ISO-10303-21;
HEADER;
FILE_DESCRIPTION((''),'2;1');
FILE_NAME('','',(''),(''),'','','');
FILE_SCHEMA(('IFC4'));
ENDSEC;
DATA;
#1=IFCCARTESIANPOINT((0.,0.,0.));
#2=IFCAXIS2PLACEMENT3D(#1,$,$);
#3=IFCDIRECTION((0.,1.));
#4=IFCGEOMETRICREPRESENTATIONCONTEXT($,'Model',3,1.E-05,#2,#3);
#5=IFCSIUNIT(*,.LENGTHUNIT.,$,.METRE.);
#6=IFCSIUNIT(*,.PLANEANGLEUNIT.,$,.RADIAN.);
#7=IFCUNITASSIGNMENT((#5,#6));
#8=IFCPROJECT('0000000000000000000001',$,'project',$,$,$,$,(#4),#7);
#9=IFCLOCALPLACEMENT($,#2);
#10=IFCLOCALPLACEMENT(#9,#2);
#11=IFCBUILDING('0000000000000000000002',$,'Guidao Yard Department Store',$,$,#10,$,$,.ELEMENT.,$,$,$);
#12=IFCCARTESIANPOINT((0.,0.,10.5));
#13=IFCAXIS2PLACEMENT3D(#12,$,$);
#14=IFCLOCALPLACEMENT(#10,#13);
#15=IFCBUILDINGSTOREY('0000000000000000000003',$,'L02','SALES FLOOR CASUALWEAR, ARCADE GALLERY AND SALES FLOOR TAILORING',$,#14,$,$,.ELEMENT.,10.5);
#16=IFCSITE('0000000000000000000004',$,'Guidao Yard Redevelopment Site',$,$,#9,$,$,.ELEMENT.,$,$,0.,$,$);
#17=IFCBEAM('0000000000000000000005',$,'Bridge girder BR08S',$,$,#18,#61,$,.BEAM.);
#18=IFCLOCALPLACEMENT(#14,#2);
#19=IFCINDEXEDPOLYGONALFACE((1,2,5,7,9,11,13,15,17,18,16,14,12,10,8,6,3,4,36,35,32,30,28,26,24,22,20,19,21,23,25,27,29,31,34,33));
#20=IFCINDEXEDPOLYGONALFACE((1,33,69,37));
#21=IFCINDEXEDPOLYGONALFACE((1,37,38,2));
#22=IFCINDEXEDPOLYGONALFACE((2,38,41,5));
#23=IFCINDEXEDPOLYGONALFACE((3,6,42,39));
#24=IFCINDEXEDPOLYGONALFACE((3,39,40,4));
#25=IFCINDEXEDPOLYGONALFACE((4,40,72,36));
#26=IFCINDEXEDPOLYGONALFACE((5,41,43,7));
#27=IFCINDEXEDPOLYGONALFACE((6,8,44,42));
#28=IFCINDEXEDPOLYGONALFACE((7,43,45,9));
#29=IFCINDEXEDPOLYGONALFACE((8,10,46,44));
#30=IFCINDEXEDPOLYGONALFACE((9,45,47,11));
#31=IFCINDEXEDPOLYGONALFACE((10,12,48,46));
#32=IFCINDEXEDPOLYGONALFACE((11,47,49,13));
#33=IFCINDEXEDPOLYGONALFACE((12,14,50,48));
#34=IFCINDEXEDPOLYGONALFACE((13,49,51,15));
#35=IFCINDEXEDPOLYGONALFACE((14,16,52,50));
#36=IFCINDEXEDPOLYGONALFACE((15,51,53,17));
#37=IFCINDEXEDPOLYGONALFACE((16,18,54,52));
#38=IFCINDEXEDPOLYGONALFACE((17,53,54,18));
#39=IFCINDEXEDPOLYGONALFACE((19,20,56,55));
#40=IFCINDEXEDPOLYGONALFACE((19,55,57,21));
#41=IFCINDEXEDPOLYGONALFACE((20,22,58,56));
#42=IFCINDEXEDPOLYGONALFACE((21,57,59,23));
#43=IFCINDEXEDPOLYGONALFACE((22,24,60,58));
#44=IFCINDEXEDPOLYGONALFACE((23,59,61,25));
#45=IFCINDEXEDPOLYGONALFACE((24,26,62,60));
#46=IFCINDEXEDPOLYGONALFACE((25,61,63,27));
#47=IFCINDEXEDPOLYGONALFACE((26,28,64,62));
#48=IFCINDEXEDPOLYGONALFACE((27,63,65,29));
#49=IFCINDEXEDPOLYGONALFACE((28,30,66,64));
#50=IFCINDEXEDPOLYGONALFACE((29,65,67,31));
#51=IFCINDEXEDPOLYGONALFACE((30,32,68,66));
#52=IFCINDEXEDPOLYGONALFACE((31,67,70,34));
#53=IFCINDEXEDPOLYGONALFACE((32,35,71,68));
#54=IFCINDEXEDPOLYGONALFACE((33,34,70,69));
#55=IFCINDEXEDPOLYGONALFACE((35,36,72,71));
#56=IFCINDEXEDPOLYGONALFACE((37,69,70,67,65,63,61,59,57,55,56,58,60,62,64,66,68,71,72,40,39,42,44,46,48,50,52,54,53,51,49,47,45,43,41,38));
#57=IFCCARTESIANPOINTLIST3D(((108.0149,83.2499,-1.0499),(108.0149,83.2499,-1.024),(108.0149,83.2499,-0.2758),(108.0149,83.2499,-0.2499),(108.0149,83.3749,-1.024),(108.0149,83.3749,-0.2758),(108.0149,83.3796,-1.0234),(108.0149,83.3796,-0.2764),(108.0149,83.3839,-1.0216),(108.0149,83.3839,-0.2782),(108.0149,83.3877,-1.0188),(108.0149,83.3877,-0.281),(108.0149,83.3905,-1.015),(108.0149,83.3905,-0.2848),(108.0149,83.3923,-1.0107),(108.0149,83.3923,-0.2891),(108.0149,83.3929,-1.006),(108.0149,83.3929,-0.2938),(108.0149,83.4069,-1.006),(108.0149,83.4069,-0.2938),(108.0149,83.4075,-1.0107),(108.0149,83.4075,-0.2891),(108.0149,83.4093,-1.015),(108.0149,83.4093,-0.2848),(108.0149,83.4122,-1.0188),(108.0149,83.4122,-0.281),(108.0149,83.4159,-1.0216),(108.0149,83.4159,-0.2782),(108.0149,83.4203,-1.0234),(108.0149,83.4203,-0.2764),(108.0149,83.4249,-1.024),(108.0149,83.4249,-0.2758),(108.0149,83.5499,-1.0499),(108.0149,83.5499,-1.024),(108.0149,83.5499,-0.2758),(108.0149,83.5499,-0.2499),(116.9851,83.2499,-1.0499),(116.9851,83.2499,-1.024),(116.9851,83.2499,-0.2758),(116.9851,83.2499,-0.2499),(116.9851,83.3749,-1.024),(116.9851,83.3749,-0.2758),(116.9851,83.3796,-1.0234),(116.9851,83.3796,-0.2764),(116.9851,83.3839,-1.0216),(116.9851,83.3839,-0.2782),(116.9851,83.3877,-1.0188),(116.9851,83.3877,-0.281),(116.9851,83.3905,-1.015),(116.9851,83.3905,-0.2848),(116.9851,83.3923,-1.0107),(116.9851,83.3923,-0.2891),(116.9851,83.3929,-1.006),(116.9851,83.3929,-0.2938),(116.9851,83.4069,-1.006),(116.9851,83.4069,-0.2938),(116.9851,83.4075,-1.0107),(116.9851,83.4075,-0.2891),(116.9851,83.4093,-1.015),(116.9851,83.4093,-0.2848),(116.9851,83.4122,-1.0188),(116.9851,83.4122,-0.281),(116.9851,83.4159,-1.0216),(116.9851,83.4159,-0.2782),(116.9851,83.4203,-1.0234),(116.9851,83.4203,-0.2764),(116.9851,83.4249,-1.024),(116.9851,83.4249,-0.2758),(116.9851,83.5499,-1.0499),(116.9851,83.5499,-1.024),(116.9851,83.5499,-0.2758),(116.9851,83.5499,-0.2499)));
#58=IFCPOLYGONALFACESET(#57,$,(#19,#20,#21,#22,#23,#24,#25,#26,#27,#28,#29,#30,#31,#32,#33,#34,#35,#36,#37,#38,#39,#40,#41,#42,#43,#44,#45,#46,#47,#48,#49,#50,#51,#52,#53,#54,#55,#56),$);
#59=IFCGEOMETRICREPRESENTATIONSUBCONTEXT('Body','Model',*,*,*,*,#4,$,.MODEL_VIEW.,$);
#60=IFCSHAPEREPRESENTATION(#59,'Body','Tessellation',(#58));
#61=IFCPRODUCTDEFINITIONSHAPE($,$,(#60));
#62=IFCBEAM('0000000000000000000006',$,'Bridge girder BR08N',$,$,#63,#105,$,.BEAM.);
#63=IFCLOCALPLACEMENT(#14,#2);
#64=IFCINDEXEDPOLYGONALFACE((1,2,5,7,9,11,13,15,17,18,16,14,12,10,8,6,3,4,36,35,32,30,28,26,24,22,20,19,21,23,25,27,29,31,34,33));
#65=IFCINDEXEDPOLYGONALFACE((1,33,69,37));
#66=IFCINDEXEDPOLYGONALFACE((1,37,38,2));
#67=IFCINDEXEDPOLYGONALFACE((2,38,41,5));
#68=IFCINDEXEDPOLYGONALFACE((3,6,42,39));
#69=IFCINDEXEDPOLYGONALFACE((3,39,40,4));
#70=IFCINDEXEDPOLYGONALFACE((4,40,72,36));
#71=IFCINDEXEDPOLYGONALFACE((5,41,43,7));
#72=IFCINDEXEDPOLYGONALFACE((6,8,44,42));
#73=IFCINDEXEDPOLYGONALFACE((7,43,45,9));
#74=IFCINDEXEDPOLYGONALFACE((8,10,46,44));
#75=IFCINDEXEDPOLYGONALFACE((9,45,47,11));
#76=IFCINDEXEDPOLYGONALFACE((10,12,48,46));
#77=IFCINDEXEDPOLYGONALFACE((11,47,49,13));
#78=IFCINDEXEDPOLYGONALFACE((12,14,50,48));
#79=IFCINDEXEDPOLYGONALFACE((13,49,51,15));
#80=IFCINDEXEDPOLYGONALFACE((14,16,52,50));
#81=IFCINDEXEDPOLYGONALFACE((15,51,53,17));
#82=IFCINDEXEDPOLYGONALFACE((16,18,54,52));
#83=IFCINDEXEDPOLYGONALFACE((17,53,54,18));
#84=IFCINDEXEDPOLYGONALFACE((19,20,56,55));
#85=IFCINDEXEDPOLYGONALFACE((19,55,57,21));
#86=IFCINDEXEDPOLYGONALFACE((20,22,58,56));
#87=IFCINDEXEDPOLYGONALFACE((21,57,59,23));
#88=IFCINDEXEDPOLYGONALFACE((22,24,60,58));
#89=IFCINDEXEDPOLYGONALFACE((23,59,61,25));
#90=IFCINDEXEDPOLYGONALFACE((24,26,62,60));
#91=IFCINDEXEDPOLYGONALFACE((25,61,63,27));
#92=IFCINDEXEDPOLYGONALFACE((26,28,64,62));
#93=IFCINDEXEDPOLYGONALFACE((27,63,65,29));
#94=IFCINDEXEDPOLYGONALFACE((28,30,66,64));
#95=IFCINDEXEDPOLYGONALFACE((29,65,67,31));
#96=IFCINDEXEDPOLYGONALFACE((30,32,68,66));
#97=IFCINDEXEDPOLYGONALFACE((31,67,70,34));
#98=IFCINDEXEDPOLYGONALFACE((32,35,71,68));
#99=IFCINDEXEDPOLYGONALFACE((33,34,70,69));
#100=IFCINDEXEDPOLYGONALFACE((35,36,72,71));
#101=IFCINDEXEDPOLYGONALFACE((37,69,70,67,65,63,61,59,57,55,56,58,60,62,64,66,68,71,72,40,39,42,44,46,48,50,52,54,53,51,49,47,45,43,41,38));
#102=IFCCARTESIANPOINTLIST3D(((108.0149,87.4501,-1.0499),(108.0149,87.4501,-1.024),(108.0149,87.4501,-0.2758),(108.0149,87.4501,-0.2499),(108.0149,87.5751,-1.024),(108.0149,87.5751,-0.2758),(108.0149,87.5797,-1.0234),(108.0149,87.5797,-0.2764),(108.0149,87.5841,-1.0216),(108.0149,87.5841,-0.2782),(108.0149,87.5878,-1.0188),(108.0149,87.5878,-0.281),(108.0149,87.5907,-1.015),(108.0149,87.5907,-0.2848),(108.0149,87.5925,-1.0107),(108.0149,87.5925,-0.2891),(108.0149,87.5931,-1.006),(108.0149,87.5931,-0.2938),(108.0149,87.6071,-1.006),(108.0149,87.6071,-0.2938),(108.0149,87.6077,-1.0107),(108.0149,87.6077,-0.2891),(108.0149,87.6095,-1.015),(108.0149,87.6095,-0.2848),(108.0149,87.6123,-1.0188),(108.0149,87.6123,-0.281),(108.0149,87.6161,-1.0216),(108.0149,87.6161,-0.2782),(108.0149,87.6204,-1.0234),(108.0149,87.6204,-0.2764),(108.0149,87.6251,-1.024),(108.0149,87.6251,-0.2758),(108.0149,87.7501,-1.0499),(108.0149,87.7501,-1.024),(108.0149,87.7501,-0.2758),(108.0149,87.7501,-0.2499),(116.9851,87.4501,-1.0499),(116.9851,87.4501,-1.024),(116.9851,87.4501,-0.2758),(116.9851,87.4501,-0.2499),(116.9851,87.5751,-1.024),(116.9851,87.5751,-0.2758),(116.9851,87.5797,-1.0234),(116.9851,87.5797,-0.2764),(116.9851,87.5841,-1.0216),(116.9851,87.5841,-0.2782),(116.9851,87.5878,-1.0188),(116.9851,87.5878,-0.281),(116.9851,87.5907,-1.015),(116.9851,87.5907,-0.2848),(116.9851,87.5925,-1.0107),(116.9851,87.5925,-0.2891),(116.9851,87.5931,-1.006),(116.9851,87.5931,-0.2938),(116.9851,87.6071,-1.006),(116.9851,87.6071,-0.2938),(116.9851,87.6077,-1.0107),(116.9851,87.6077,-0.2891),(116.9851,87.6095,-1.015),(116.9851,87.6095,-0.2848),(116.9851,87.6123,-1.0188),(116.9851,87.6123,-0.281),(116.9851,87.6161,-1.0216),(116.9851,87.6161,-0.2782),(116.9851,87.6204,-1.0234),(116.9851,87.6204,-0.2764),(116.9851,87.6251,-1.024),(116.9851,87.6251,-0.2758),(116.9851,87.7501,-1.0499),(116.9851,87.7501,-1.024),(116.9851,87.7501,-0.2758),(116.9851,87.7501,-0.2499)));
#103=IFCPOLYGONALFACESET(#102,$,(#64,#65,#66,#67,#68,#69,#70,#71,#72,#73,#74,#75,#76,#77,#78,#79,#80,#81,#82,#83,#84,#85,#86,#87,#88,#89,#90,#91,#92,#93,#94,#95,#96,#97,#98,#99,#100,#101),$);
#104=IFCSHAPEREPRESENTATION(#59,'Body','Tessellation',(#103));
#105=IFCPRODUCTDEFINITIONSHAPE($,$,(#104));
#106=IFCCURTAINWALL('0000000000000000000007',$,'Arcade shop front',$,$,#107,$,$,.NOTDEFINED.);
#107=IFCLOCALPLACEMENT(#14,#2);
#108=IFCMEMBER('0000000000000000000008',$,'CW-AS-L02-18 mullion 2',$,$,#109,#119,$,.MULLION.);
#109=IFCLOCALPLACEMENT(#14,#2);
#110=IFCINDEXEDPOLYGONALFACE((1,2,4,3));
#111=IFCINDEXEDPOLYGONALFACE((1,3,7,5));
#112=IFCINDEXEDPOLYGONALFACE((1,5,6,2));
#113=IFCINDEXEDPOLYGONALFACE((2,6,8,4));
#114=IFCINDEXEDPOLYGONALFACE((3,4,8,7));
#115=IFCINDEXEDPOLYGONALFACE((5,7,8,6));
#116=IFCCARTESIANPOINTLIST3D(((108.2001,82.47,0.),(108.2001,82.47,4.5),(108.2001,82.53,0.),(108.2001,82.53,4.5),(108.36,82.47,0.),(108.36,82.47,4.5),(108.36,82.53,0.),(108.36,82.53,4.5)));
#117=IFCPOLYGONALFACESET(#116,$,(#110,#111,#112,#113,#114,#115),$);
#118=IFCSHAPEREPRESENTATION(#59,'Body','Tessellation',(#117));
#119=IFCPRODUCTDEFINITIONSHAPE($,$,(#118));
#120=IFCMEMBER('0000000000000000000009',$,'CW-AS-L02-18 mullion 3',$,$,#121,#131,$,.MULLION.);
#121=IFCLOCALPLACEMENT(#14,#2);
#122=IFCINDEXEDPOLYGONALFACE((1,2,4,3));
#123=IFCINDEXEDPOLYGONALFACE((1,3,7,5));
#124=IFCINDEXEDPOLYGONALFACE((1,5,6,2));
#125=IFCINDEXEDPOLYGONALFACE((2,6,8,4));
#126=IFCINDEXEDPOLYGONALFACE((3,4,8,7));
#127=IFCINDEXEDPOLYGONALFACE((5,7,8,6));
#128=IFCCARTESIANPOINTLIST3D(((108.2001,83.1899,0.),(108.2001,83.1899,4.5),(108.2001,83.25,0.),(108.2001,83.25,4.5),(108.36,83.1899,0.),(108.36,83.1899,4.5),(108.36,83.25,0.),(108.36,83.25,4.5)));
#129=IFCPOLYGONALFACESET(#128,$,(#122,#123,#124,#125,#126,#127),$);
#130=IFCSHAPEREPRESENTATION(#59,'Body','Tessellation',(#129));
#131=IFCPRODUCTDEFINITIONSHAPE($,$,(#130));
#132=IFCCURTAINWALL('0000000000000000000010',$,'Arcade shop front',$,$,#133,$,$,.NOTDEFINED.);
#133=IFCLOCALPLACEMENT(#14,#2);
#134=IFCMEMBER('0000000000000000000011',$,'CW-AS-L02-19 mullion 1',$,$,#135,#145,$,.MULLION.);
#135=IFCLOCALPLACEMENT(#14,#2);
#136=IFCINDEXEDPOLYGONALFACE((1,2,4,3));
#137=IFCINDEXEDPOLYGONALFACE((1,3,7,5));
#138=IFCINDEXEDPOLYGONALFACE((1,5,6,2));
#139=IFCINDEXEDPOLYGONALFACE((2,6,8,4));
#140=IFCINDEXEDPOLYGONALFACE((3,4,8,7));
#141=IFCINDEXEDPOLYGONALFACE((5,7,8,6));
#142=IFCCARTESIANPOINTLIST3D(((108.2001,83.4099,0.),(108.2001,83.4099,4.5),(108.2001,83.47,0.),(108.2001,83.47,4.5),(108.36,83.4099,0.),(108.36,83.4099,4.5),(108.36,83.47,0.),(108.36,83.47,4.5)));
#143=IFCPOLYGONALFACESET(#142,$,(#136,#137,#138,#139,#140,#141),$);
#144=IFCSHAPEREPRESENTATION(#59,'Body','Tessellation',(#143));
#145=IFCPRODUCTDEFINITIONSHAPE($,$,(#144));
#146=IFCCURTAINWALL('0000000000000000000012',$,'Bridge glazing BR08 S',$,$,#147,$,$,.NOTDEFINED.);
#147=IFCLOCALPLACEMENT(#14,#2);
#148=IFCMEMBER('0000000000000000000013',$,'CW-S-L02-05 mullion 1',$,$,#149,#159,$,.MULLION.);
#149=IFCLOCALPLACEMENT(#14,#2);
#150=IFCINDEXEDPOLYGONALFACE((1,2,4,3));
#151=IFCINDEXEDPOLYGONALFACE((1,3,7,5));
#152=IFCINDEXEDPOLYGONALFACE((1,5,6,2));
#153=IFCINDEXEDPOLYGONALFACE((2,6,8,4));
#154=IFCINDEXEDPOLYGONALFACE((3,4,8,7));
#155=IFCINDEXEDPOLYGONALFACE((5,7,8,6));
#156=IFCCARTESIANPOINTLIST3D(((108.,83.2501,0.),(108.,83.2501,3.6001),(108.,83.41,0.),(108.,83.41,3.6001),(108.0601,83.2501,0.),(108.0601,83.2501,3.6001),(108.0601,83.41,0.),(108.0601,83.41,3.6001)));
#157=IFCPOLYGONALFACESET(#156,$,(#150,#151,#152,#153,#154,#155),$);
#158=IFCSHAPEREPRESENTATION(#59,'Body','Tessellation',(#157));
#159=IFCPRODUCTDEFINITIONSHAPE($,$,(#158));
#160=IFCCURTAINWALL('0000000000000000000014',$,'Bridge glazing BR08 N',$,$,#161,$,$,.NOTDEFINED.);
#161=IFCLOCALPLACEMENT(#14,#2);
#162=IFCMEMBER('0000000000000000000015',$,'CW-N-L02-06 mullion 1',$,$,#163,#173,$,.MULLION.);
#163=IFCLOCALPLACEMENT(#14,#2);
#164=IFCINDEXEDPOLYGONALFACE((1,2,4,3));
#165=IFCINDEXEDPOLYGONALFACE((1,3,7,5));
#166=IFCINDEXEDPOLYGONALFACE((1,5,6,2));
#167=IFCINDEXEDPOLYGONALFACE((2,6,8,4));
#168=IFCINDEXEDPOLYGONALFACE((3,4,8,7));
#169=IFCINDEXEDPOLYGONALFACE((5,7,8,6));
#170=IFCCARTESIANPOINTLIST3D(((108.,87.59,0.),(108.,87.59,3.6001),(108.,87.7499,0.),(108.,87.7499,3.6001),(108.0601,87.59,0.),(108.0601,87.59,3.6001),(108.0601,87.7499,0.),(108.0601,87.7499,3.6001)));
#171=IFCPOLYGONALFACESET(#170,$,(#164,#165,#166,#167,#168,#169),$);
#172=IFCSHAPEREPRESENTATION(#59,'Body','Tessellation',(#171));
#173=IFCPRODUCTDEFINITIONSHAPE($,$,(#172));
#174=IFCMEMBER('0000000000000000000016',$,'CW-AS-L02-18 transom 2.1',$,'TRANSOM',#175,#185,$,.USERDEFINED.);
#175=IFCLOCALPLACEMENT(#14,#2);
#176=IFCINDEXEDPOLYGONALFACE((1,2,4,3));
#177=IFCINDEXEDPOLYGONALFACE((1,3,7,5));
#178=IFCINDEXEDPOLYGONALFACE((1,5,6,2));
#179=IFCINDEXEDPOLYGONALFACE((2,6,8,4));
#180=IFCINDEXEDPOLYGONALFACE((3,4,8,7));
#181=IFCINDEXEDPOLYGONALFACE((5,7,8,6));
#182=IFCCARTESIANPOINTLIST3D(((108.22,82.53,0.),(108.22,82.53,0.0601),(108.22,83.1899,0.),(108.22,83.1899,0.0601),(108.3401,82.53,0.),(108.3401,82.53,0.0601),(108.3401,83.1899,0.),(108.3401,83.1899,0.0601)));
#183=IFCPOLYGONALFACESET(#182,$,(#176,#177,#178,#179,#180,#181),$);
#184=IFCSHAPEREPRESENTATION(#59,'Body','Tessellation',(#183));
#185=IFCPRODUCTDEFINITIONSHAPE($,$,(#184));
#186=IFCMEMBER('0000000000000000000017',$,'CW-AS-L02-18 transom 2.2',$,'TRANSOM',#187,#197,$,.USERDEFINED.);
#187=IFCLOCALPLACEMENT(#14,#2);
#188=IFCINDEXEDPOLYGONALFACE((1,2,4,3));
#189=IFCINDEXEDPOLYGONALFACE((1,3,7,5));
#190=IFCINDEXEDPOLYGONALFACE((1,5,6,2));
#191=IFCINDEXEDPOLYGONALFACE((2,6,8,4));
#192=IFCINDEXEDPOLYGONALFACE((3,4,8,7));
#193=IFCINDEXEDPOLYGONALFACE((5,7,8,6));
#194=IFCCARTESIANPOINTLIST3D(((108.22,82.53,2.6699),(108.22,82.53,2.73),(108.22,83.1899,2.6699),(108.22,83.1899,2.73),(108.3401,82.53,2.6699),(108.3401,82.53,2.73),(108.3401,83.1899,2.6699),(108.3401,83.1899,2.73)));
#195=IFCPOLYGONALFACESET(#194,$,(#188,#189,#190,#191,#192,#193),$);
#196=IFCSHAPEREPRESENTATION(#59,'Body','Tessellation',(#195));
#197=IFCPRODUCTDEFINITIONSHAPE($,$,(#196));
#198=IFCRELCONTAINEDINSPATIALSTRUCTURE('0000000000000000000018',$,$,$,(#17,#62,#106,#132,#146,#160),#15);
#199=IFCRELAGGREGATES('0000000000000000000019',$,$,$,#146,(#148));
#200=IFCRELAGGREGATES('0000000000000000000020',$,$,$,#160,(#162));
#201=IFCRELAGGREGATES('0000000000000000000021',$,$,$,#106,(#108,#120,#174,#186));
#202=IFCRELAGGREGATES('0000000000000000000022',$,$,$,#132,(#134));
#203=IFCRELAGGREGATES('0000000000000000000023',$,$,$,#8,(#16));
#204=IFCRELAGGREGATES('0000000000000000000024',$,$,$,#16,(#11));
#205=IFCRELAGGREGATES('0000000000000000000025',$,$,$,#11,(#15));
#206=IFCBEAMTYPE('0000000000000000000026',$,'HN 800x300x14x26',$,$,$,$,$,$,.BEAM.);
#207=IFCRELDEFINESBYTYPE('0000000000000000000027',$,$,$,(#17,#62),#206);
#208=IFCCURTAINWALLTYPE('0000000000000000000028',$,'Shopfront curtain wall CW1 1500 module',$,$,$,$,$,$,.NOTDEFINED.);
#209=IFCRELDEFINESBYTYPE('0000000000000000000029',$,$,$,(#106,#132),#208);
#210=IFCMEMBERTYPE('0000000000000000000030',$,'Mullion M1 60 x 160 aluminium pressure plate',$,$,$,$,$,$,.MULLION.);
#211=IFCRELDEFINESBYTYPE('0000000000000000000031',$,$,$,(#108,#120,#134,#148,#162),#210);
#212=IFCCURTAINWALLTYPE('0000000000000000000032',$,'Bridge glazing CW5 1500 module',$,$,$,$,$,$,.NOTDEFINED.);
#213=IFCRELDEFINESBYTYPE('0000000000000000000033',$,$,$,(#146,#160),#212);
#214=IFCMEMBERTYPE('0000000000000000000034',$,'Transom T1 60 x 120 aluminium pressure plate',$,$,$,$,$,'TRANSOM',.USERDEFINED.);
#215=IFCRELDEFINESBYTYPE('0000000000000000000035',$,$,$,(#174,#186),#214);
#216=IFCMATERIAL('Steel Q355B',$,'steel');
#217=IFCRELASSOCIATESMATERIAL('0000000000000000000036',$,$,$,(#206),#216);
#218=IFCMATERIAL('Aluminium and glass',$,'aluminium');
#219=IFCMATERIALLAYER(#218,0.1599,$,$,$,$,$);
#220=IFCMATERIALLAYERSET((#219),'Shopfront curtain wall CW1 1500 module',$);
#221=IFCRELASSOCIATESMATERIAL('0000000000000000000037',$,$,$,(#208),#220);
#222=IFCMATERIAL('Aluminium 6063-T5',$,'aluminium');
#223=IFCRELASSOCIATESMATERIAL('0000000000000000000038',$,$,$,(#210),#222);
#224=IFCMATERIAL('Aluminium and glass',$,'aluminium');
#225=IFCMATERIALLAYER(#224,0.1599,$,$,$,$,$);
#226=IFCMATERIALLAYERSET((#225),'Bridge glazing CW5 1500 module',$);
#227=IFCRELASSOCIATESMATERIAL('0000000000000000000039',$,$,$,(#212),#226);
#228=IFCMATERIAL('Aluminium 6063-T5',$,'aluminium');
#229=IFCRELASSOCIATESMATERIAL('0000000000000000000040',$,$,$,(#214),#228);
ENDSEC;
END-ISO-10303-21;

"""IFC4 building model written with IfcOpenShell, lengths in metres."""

from ifc_helpers import new_model, si_unit, direction, frame, origin, origin_2d, place, context, subcontext, project, spatial, rectangle, i_section, extrude, material, layer, layer_set, material_profile, profile_set, type_object, element, aggregate, save


model = new_model("IFC4")

# Units and contexts
model_context = context("Model", 3, precision=1e-05, world=origin(), true_north=direction((0.0, 1.0)))
body_context = subcontext(model_context, "Body", "Model", "MODEL_VIEW")
ifc_project = project(units=[si_unit("LENGTHUNIT", "METRE"), si_unit("PLANEANGLEUNIT", "RADIAN")], contexts=[model_context])

# Site, building, storey
site_placement = place(None, origin())
site = spatial("IfcSite", under=ifc_project, at=site_placement, Name="Guidao Yard Redevelopment Site", CompositionType="ELEMENT", RefElevation=0.0)
building_placement = place(site_placement, origin())
building = spatial("IfcBuilding", under=site, at=building_placement, Name="Guidao Yard Department Store", CompositionType="ELEMENT")
storey_placement = place(building_placement, frame((0.0, 0.0, 10.5)))
storey = spatial("IfcBuildingStorey", under=building, at=storey_placement, Name="L02", Description="SALES FLOOR CASUALWEAR, ARCADE GALLERY AND SALES FLOOR TAILORING", CompositionType="ELEMENT", Elevation=10.5)

# Beams
ifc_material_1 = material(Name="Steel Q355B", Category="steel")
ifc_material_profile_1 = material_profile(ifc_material_1, i_section(OverallWidth=0.3, OverallDepth=0.8, WebThickness=0.0139, FlangeThickness=0.0259, FilletRadius=0.0181, at=origin_2d()), Name="HN 800x300x14x26")
ifc_profile_set_1 = profile_set([ifc_material_profile_1], Name="Steel Q355B")
beam_type = type_object("IfcBeamType", Name="HN 800x300x14x26", PredefinedType="BEAM", material=ifc_profile_set_1)
for number, where, z_axis, x_axis, name in (
    (1, (108.0149, 83.3999, -0.6499), (1.0, 0.0, 0.0), (0.0, 1.0, 0.0), "Bridge girder BR08S"),
    (2, (108.0149, 87.6001, -0.6499), (1.0, 0.0, 0.0), (0.0, 1.0, 0.0), "Bridge girder BR08N"),
):
    element("IfcBeam", number, at=place(storey_placement, frame(where, z_axis=z_axis, x_axis=x_axis)), inside=storey, type_object=beam_type, Name=name, PredefinedType="BEAM", context=body_context, shape_type="SweptSolid", body=[
        extrude(i_section(OverallWidth=0.3, OverallDepth=0.8, WebThickness=0.0139, FlangeThickness=0.0259, FilletRadius=0.0181, at=origin_2d()), origin(), (0.0, 0.0, 1.0), 8.9702),
    ])

# Curtain wall, members
ifc_material_2 = material(Name="Aluminium and glass", Category="aluminium")
ifc_layer_1 = layer(ifc_material_2, 0.1599)
ifc_layer_set_1 = layer_set([ifc_layer_1], Name="Shopfront curtain wall CW1 1500 module")
curtain_wall_type_1 = type_object("IfcCurtainWallType", Name="Shopfront curtain wall CW1 1500 module", PredefinedType="NOTDEFINED", material=ifc_layer_set_1)
curtain_wall_1_placement = place(storey_placement, origin())
curtain_wall_1 = element("IfcCurtainWall", 3, at=curtain_wall_1_placement, inside=storey, type_object=curtain_wall_type_1, Name="Arcade shop front", PredefinedType="NOTDEFINED")
ifc_material_3 = material(Name="Aluminium 6063-T5", Category="aluminium")
ifc_material_profile_2 = material_profile(ifc_material_3, rectangle(XDim=0.0601, YDim=0.1599, at=origin_2d()), Name="Mullion M1 60 x 160 aluminium pressure plate")
ifc_profile_set_2 = profile_set([ifc_material_profile_2], Name="Aluminium 6063-T5")
member_type_1 = type_object("IfcMemberType", Name="Mullion M1 60 x 160 aluminium pressure plate", PredefinedType="MULLION", material=ifc_profile_set_2)
member_1_placement = place(storey_placement, frame((108.28, 82.5, 0.0), z_axis=(0.0, 0.0, 1.0), x_axis=(0.0, -1.0, 0.0)))
member_1 = element("IfcMember", 4, at=member_1_placement, type_object=member_type_1, Name="CW-AS-L02-18 mullion 2", PredefinedType="MULLION", context=body_context, shape_type="SweptSolid", body=[
    extrude(rectangle(XDim=0.0601, YDim=0.1599, at=origin_2d()), origin(), (0.0, 0.0, 1.0), 4.5),
])
member_2_placement = place(storey_placement, frame((108.28, 83.22, 0.0), z_axis=(0.0, 0.0, 1.0), x_axis=(0.0, -1.0, 0.0)))
member_2 = element("IfcMember", 5, at=member_2_placement, type_object=member_type_1, Name="CW-AS-L02-18 mullion 3", PredefinedType="MULLION", context=body_context, shape_type="SweptSolid", body=[
    extrude(rectangle(XDim=0.0601, YDim=0.1599, at=origin_2d()), origin(), (0.0, 0.0, 1.0), 4.5),
])

# Curtain walls, members
curtain_wall_2_placement = place(storey_placement, origin())
curtain_wall_2 = element("IfcCurtainWall", 6, at=curtain_wall_2_placement, inside=storey, type_object=curtain_wall_type_1, Name="Arcade shop front", PredefinedType="NOTDEFINED")
member_3_placement = place(storey_placement, frame((108.28, 83.4399, 0.0), z_axis=(0.0, 0.0, 1.0), x_axis=(0.0, -1.0, 0.0)))
member_3 = element("IfcMember", 7, at=member_3_placement, type_object=member_type_1, Name="CW-AS-L02-19 mullion 1", PredefinedType="MULLION", context=body_context, shape_type="SweptSolid", body=[
    extrude(rectangle(XDim=0.0601, YDim=0.1599, at=origin_2d()), origin(), (0.0, 0.0, 1.0), 4.5),
])
ifc_material_4 = material(Name="Aluminium and glass", Category="aluminium")
ifc_layer_2 = layer(ifc_material_4, 0.1599)
ifc_layer_set_2 = layer_set([ifc_layer_2], Name="Bridge glazing CW5 1500 module")
curtain_wall_type_2 = type_object("IfcCurtainWallType", Name="Bridge glazing CW5 1500 module", PredefinedType="NOTDEFINED", material=ifc_layer_set_2)
curtain_wall_3_placement = place(storey_placement, origin())
curtain_wall_3 = element("IfcCurtainWall", 8, at=curtain_wall_3_placement, inside=storey, type_object=curtain_wall_type_2, Name="Bridge glazing BR08 S", PredefinedType="NOTDEFINED")
member_4_placement = place(storey_placement, frame((108.03, 83.3301, 0.0), z_axis=(0.0, 0.0, 1.0), x_axis=(-1.0, 0.0, 0.0)))
member_4 = element("IfcMember", 9, at=member_4_placement, type_object=member_type_1, Name="CW-S-L02-05 mullion 1", PredefinedType="MULLION", context=body_context, shape_type="SweptSolid", body=[
    extrude(rectangle(XDim=0.0601, YDim=0.1599, at=origin_2d()), origin(), (0.0, 0.0, 1.0), 3.6001),
])
aggregate(curtain_wall_3, [member_4])
curtain_wall_4_placement = place(storey_placement, origin())
curtain_wall_4 = element("IfcCurtainWall", 10, at=curtain_wall_4_placement, inside=storey, type_object=curtain_wall_type_2, Name="Bridge glazing BR08 N", PredefinedType="NOTDEFINED")
member_5_placement = place(storey_placement, frame((108.03, 87.6699, 0.0), z_axis=(0.0, 0.0, 1.0), x_axis=(1.0, 0.0, 0.0)))
member_5 = element("IfcMember", 11, at=member_5_placement, type_object=member_type_1, Name="CW-N-L02-06 mullion 1", PredefinedType="MULLION", context=body_context, shape_type="SweptSolid", body=[
    extrude(rectangle(XDim=0.0601, YDim=0.1599, at=origin_2d()), origin(), (0.0, 0.0, 1.0), 3.6001),
])

# Members
ifc_material_5 = material(Name="Aluminium 6063-T5", Category="aluminium")
ifc_material_profile_3 = material_profile(ifc_material_5, rectangle(XDim=0.1201, YDim=0.0601, at=origin_2d()), Name="Transom T1 60 x 120 aluminium pressure plate")
ifc_profile_set_3 = profile_set([ifc_material_profile_3], Name="Aluminium 6063-T5")
member_type_2 = type_object("IfcMemberType", Name="Transom T1 60 x 120 aluminium pressure plate", ElementType="TRANSOM", PredefinedType="USERDEFINED", material=ifc_profile_set_3)
member_6_placement = place(storey_placement, frame((108.28, 83.1899, 0.03), z_axis=(0.0, -1.0, 0.0), x_axis=(1.0, 0.0, 0.0)))
member_6 = element("IfcMember", 12, at=member_6_placement, type_object=member_type_2, Name="CW-AS-L02-18 transom 2.1", ObjectType="TRANSOM", PredefinedType="USERDEFINED", context=body_context, shape_type="SweptSolid", body=[
    extrude(rectangle(XDim=0.1201, YDim=0.0601, at=origin_2d()), origin(), (0.0, 0.0, 1.0), 0.6599),
])
member_7_placement = place(storey_placement, frame((108.28, 83.1899, 2.7), z_axis=(0.0, -1.0, 0.0), x_axis=(1.0, 0.0, 0.0)))
member_7 = element("IfcMember", 13, at=member_7_placement, type_object=member_type_2, Name="CW-AS-L02-18 transom 2.2", ObjectType="TRANSOM", PredefinedType="USERDEFINED", context=body_context, shape_type="SweptSolid", body=[
    extrude(rectangle(XDim=0.1201, YDim=0.0601, at=origin_2d()), origin(), (0.0, 0.0, 1.0), 0.6599),
])
aggregate(curtain_wall_4, [member_5])

aggregate(curtain_wall_1, [member_1, member_2, member_6, member_7])
aggregate(curtain_wall_2, [member_3])

save(model, "model.ifc")
